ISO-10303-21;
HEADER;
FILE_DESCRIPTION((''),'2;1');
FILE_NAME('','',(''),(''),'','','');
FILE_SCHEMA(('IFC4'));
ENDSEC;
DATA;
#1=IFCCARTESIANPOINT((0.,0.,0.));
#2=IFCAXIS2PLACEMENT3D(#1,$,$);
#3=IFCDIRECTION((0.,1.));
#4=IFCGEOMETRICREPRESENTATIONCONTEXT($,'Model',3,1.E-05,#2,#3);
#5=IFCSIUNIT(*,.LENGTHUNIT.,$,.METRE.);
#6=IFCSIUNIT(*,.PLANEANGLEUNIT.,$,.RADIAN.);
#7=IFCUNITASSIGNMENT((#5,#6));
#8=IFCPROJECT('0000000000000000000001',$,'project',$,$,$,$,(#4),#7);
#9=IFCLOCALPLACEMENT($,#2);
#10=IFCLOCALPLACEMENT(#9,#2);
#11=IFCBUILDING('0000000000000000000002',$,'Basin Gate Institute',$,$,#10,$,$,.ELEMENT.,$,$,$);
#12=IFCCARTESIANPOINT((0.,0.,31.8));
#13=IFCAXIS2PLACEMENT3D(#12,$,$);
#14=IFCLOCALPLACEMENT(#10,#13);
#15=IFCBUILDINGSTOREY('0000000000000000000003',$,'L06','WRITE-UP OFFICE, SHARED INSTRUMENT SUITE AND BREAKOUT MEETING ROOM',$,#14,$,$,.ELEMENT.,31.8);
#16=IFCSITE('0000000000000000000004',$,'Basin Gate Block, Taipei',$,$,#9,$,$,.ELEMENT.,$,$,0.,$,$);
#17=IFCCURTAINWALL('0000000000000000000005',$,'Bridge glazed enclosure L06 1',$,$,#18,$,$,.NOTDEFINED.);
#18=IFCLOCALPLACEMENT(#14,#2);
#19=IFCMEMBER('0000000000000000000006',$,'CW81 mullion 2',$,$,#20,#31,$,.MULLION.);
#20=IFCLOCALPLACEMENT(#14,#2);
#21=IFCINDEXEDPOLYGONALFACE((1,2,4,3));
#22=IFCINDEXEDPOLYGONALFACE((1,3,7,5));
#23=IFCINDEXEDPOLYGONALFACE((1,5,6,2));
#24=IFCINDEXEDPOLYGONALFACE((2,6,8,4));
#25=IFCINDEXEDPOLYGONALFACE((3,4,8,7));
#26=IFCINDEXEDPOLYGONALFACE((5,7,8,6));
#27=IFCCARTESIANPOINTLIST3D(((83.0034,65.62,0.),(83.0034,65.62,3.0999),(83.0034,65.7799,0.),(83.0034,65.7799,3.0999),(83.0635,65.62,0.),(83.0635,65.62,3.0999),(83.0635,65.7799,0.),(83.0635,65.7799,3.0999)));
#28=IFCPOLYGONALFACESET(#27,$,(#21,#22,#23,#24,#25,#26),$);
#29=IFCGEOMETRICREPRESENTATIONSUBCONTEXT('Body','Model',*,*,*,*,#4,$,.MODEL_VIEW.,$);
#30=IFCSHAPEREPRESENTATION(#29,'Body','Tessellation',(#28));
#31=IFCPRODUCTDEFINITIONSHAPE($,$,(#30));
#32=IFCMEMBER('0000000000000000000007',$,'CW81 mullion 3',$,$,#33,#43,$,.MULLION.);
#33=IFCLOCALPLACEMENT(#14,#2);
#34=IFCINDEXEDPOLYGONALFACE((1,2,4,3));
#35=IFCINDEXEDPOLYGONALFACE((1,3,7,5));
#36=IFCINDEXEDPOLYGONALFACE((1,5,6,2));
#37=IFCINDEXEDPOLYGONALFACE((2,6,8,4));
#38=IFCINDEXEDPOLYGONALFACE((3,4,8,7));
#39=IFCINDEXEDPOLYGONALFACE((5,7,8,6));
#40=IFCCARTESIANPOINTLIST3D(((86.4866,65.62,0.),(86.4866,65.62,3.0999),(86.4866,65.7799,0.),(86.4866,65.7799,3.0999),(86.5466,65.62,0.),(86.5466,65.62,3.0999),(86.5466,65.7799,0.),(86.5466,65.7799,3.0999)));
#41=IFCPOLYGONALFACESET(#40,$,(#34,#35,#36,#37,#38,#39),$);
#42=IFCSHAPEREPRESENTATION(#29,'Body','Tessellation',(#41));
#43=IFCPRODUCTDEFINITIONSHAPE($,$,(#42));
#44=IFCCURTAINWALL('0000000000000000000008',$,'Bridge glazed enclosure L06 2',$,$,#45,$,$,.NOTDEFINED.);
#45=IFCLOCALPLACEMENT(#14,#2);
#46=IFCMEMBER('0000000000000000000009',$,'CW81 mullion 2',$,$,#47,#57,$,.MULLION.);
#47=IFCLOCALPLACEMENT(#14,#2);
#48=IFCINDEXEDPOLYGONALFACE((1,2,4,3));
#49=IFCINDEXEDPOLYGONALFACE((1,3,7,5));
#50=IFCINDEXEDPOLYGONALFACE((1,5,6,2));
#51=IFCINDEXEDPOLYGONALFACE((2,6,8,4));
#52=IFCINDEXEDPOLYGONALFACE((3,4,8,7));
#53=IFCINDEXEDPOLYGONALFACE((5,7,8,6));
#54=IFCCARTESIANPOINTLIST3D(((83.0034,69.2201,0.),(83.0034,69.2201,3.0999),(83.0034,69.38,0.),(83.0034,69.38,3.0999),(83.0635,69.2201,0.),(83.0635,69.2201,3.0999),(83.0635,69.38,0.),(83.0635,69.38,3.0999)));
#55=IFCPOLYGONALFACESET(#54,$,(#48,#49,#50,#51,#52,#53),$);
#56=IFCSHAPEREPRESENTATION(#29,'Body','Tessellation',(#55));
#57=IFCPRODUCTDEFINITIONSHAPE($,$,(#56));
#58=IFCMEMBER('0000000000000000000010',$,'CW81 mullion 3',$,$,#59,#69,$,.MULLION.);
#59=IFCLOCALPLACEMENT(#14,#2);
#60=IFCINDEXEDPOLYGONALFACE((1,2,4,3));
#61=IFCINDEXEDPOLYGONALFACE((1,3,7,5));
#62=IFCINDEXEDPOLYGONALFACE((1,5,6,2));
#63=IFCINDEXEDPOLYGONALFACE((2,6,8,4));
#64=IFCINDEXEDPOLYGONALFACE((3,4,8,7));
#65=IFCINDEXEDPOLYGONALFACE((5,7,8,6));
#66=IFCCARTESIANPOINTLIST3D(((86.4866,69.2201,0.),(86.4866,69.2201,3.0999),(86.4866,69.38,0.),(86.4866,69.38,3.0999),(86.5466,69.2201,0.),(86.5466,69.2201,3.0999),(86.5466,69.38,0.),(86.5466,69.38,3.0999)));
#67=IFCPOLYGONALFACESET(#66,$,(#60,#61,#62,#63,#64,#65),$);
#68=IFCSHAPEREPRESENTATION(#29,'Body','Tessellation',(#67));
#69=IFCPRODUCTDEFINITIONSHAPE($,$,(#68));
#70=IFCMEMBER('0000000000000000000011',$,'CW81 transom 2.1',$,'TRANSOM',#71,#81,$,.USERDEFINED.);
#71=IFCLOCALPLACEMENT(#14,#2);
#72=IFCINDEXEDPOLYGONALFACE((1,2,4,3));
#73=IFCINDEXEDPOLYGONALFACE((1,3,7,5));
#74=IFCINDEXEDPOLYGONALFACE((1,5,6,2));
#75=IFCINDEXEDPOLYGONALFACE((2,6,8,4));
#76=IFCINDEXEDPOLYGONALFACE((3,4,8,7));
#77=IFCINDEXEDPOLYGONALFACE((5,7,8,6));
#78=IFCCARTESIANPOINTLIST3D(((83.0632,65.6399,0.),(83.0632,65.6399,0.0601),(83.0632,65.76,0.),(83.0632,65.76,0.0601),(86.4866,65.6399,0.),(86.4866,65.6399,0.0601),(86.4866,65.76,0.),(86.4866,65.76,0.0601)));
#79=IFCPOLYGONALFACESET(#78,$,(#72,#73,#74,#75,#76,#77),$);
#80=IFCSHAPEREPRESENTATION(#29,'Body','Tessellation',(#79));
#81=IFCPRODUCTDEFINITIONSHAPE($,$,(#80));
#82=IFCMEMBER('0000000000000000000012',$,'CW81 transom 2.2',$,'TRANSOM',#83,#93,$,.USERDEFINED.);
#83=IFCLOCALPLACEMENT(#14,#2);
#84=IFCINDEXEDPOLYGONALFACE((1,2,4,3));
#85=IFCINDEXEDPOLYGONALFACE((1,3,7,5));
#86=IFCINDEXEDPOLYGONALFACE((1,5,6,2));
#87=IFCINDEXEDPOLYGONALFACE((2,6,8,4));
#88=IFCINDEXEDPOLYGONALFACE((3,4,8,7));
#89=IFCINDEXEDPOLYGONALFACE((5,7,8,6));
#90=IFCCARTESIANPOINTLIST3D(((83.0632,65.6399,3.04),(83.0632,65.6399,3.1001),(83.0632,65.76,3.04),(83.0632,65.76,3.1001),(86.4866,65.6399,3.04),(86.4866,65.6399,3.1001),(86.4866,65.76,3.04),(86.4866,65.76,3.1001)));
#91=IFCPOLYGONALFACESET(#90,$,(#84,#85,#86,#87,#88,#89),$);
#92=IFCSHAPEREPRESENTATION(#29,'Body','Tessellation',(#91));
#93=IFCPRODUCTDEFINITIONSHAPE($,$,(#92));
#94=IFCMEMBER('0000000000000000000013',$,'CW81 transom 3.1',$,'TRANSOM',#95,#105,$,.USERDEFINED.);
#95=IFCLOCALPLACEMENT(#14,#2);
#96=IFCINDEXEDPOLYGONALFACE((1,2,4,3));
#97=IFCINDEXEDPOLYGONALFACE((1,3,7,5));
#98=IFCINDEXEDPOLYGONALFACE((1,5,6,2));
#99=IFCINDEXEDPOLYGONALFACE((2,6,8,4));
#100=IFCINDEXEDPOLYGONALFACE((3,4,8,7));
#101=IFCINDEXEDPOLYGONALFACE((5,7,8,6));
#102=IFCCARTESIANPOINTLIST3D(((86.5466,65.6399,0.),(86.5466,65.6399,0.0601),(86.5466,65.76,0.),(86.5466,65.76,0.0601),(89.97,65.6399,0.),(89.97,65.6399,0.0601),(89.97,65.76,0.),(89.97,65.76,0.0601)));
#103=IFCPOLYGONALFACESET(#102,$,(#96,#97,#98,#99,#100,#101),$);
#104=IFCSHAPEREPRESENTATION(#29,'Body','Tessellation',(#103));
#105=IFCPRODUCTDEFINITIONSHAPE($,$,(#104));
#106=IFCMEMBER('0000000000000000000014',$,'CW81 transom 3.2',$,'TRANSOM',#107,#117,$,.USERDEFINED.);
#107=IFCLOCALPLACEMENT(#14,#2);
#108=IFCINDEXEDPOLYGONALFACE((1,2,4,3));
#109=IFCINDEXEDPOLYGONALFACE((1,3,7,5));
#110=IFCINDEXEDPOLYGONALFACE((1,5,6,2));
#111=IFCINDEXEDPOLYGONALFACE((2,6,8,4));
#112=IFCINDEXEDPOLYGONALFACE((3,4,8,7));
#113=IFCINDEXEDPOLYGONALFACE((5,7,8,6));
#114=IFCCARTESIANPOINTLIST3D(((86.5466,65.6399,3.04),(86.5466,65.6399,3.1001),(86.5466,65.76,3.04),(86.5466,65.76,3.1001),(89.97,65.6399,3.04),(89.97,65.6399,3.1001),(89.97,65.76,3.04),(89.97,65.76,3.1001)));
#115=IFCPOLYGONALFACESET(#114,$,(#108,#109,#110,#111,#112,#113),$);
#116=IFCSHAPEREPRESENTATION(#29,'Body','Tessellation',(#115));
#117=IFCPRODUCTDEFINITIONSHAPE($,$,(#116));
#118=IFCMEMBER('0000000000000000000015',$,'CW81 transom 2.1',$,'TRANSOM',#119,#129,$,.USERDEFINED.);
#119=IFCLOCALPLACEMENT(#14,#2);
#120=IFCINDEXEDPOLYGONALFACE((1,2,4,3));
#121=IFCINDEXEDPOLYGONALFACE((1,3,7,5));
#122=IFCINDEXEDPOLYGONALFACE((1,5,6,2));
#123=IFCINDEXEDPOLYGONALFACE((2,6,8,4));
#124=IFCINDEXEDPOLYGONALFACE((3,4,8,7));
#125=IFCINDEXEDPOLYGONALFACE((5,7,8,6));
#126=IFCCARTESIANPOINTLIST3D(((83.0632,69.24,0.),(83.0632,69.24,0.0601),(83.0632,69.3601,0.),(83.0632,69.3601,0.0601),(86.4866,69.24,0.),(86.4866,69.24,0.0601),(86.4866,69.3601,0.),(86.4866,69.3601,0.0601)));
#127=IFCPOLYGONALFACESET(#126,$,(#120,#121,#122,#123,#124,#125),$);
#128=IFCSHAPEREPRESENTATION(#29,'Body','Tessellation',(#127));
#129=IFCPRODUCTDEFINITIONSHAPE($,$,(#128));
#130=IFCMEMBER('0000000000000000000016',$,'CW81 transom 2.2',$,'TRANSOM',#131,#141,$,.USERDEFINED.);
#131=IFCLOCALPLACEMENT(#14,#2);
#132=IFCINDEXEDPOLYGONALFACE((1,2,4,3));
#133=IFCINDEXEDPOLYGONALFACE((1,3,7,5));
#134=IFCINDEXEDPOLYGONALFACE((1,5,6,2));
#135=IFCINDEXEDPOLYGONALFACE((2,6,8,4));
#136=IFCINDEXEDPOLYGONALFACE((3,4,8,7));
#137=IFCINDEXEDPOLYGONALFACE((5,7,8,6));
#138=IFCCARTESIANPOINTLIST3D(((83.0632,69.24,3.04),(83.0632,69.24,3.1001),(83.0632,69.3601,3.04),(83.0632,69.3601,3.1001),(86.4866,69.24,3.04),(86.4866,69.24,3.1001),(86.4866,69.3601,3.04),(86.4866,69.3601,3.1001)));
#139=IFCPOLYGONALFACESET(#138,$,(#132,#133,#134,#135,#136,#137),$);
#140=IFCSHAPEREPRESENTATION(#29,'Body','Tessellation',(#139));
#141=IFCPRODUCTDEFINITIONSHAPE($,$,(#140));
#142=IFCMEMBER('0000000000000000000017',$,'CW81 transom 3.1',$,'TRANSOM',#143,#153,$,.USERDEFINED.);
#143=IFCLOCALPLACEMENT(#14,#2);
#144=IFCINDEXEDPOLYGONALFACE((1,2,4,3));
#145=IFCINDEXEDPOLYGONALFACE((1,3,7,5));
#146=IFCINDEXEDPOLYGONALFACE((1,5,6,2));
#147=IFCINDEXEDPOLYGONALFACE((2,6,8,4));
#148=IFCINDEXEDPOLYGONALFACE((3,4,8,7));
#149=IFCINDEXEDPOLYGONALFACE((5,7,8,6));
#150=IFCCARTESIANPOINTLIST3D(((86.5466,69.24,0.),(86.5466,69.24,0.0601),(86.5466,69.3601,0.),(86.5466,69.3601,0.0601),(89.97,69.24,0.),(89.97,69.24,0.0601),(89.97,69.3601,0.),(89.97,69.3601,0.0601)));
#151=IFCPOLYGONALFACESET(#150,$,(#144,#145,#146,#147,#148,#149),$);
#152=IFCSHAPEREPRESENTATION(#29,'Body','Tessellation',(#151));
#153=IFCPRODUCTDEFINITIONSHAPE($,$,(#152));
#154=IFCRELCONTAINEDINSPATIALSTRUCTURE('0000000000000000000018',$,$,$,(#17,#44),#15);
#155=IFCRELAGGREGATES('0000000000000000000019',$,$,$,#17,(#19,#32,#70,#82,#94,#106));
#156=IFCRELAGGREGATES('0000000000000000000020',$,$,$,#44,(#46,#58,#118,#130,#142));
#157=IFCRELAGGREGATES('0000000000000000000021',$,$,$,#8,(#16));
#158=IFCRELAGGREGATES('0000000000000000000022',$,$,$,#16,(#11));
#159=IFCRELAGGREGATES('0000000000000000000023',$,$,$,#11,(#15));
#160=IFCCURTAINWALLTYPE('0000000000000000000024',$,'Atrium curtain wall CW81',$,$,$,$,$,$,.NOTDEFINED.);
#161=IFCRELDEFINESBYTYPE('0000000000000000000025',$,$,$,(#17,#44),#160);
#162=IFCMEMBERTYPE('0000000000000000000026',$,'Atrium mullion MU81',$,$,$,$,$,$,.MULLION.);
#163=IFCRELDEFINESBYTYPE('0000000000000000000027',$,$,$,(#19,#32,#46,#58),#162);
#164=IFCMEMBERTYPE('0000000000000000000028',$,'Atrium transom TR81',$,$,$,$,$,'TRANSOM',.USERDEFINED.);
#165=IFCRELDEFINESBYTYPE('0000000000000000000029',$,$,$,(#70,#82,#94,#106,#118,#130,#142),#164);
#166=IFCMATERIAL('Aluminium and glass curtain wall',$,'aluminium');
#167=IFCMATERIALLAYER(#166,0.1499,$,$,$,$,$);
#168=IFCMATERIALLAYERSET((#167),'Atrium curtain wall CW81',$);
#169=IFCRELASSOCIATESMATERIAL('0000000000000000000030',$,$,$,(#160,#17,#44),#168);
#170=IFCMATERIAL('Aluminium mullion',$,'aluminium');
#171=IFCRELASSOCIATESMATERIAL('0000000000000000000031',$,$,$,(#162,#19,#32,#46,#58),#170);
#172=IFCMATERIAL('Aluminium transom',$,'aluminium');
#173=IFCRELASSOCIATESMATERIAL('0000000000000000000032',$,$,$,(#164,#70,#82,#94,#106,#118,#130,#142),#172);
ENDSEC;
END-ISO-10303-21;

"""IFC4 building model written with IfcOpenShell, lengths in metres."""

from ifc_helpers import new_model, si_unit, direction, frame, origin, origin_2d, place, context, subcontext, project, spatial, rectangle, extrude, material, layer, layer_set, material_profile, profile_set, type_object, element, aggregate, save


model = new_model("IFC4")

# Units and contexts
model_context = context("Model", 3, precision=1e-05, world=origin(), true_north=direction((0.0, 1.0)))
body_context = subcontext(model_context, "Body", "Model", "MODEL_VIEW")
ifc_project = project(units=[si_unit("LENGTHUNIT", "METRE"), si_unit("PLANEANGLEUNIT", "RADIAN")], contexts=[model_context])

# Site, building, storey
site_placement = place(None, origin())
site = spatial("IfcSite", under=ifc_project, at=site_placement, Name="Basin Gate Block, Taipei", CompositionType="ELEMENT", RefElevation=0.0)
building_placement = place(site_placement, origin())
building = spatial("IfcBuilding", under=site, at=building_placement, Name="Basin Gate Institute", CompositionType="ELEMENT")
storey_placement = place(building_placement, frame((0.0, 0.0, 31.8)))
storey = spatial("IfcBuildingStorey", under=building, at=storey_placement, Name="L06", Description="WRITE-UP OFFICE, SHARED INSTRUMENT SUITE AND BREAKOUT MEETING ROOM", CompositionType="ELEMENT", Elevation=31.8)

# Curtain walls, members
ifc_material_1 = material(Name="Aluminium and glass curtain wall", Category="aluminium")
ifc_layer_1 = layer(ifc_material_1, 0.1499)
ifc_layer_set_1 = layer_set([ifc_layer_1], Name="Atrium curtain wall CW81")
curtain_wall_type = type_object("IfcCurtainWallType", Name="Atrium curtain wall CW81", PredefinedType="NOTDEFINED", material=ifc_layer_set_1)
curtain_wall_1_placement = place(storey_placement, origin())
curtain_wall_1 = element("IfcCurtainWall", 1, at=curtain_wall_1_placement, inside=storey, type_object=curtain_wall_type, material=ifc_layer_set_1, Name="Bridge glazed enclosure L06 1", PredefinedType="NOTDEFINED")
ifc_material_2 = material(Name="Aluminium mullion", Category="aluminium")
ifc_material_profile_1 = material_profile(ifc_material_2, rectangle(XDim=0.1599, YDim=0.0601, at=origin_2d()), Name="Atrium mullion MU81 160 x 60")
ifc_profile_set_1 = profile_set([ifc_material_profile_1], Name="Aluminium mullion")
member_type_1 = type_object("IfcMemberType", Name="Atrium mullion MU81", PredefinedType="MULLION", material=ifc_profile_set_1)
member_1_placement = place(storey_placement, frame((83.0334, 65.7, 0.0), z_axis=(0.0, 0.0, 1.0), x_axis=(0.0, 1.0, 0.0)))
member_1 = element("IfcMember", 2, at=member_1_placement, type_object=member_type_1, material=ifc_profile_set_1, Name="CW81 mullion 2", PredefinedType="MULLION", context=body_context, shape_type="SweptSolid", body=[
    extrude(rectangle(XDim=0.1599, YDim=0.0601, at=origin_2d()), origin(), (0.0, 0.0, 1.0), 3.0999),
])
member_2_placement = place(storey_placement, frame((86.5166, 65.7, 0.0), z_axis=(0.0, 0.0, 1.0), x_axis=(0.0, 1.0, 0.0)))
member_2 = element("IfcMember", 3, at=member_2_placement, type_object=member_type_1, material=ifc_profile_set_1, Name="CW81 mullion 3", PredefinedType="MULLION", context=body_context, shape_type="SweptSolid", body=[
    extrude(rectangle(XDim=0.1599, YDim=0.0601, at=origin_2d()), origin(), (0.0, 0.0, 1.0), 3.0999),
])
curtain_wall_2_placement = place(storey_placement, origin())
curtain_wall_2 = element("IfcCurtainWall", 4, at=curtain_wall_2_placement, inside=storey, type_object=curtain_wall_type, material=ifc_layer_set_1, Name="Bridge glazed enclosure L06 2", PredefinedType="NOTDEFINED")
member_3_placement = place(storey_placement, frame((83.0334, 69.3, 0.0), z_axis=(0.0, 0.0, 1.0), x_axis=(0.0, 1.0, 0.0)))
member_3 = element("IfcMember", 5, at=member_3_placement, type_object=member_type_1, material=ifc_profile_set_1, Name="CW81 mullion 2", PredefinedType="MULLION", context=body_context, shape_type="SweptSolid", body=[
    extrude(rectangle(XDim=0.1599, YDim=0.0601, at=origin_2d()), origin(), (0.0, 0.0, 1.0), 3.0999),
])
member_4_placement = place(storey_placement, frame((86.5166, 69.3, 0.0), z_axis=(0.0, 0.0, 1.0), x_axis=(0.0, 1.0, 0.0)))
member_4 = element("IfcMember", 6, at=member_4_placement, type_object=member_type_1, material=ifc_profile_set_1, Name="CW81 mullion 3", PredefinedType="MULLION", context=body_context, shape_type="SweptSolid", body=[
    extrude(rectangle(XDim=0.1599, YDim=0.0601, at=origin_2d()), origin(), (0.0, 0.0, 1.0), 3.0999),
])

# Members
ifc_material_3 = material(Name="Aluminium transom", Category="aluminium")
ifc_material_profile_2 = material_profile(ifc_material_3, rectangle(XDim=0.1201, YDim=0.0601, at=origin_2d()), Name="Atrium transom TR81 120 x 60")
ifc_profile_set_2 = profile_set([ifc_material_profile_2], Name="Aluminium transom")
member_type_2 = type_object("IfcMemberType", Name="Atrium transom TR81", ElementType="TRANSOM", PredefinedType="USERDEFINED", material=ifc_profile_set_2)
member_5_placement = place(storey_placement, frame((83.0632, 65.7, 0.03), z_axis=(1.0, 0.0, 0.0), x_axis=(0.0, 1.0, 0.0)))
member_5 = element("IfcMember", 7, at=member_5_placement, type_object=member_type_2, material=ifc_profile_set_2, Name="CW81 transom 2.1", ObjectType="TRANSOM", PredefinedType="USERDEFINED", context=body_context, shape_type="SweptSolid", body=[
    extrude(rectangle(XDim=0.1201, YDim=0.0601, at=origin_2d()), origin(), (0.0, 0.0, 1.0), 3.4233),
])
member_6_placement = place(storey_placement, frame((83.0632, 65.7, 3.0701), z_axis=(1.0, 0.0, 0.0), x_axis=(0.0, 1.0, 0.0)))
member_6 = element("IfcMember", 8, at=member_6_placement, type_object=member_type_2, material=ifc_profile_set_2, Name="CW81 transom 2.2", ObjectType="TRANSOM", PredefinedType="USERDEFINED", context=body_context, shape_type="SweptSolid", body=[
    extrude(rectangle(XDim=0.1201, YDim=0.0601, at=origin_2d()), origin(), (0.0, 0.0, 1.0), 3.4233),
])
member_7_placement = place(storey_placement, frame((86.5466, 65.7, 0.03), z_axis=(1.0, 0.0, 0.0), x_axis=(0.0, 1.0, 0.0)))
member_7 = element("IfcMember", 9, at=member_7_placement, type_object=member_type_2, material=ifc_profile_set_2, Name="CW81 transom 3.1", ObjectType="TRANSOM", PredefinedType="USERDEFINED", context=body_context, shape_type="SweptSolid", body=[
    extrude(rectangle(XDim=0.1201, YDim=0.0601, at=origin_2d()), origin(), (0.0, 0.0, 1.0), 3.4233),
])
member_8_placement = place(storey_placement, frame((86.5466, 65.7, 3.0701), z_axis=(1.0, 0.0, 0.0), x_axis=(0.0, 1.0, 0.0)))
member_8 = element("IfcMember", 10, at=member_8_placement, type_object=member_type_2, material=ifc_profile_set_2, Name="CW81 transom 3.2", ObjectType="TRANSOM", PredefinedType="USERDEFINED", context=body_context, shape_type="SweptSolid", body=[
    extrude(rectangle(XDim=0.1201, YDim=0.0601, at=origin_2d()), origin(), (0.0, 0.0, 1.0), 3.4233),
])
member_9_placement = place(storey_placement, frame((83.0632, 69.3, 0.03), z_axis=(1.0, 0.0, 0.0), x_axis=(0.0, 1.0, 0.0)))
member_9 = element("IfcMember", 11, at=member_9_placement, type_object=member_type_2, material=ifc_profile_set_2, Name="CW81 transom 2.1", ObjectType="TRANSOM", PredefinedType="USERDEFINED", context=body_context, shape_type="SweptSolid", body=[
    extrude(rectangle(XDim=0.1201, YDim=0.0601, at=origin_2d()), origin(), (0.0, 0.0, 1.0), 3.4233),
])
member_10_placement = place(storey_placement, frame((83.0632, 69.3, 3.0701), z_axis=(1.0, 0.0, 0.0), x_axis=(0.0, 1.0, 0.0)))
member_10 = element("IfcMember", 12, at=member_10_placement, type_object=member_type_2, material=ifc_profile_set_2, Name="CW81 transom 2.2", ObjectType="TRANSOM", PredefinedType="USERDEFINED", context=body_context, shape_type="SweptSolid", body=[
    extrude(rectangle(XDim=0.1201, YDim=0.0601, at=origin_2d()), origin(), (0.0, 0.0, 1.0), 3.4233),
])
member_11_placement = place(storey_placement, frame((86.5466, 69.3, 0.03), z_axis=(1.0, 0.0, 0.0), x_axis=(0.0, 1.0, 0.0)))
member_11 = element("IfcMember", 13, at=member_11_placement, type_object=member_type_2, material=ifc_profile_set_2, Name="CW81 transom 3.1", ObjectType="TRANSOM", PredefinedType="USERDEFINED", context=body_context, shape_type="SweptSolid", body=[
    extrude(rectangle(XDim=0.1201, YDim=0.0601, at=origin_2d()), origin(), (0.0, 0.0, 1.0), 3.4233),
])

aggregate(curtain_wall_1, [member_1, member_2, member_5, member_6, member_7, member_8])
aggregate(curtain_wall_2, [member_3, member_4, member_9, member_10, member_11])

save(model, "model.ifc")
